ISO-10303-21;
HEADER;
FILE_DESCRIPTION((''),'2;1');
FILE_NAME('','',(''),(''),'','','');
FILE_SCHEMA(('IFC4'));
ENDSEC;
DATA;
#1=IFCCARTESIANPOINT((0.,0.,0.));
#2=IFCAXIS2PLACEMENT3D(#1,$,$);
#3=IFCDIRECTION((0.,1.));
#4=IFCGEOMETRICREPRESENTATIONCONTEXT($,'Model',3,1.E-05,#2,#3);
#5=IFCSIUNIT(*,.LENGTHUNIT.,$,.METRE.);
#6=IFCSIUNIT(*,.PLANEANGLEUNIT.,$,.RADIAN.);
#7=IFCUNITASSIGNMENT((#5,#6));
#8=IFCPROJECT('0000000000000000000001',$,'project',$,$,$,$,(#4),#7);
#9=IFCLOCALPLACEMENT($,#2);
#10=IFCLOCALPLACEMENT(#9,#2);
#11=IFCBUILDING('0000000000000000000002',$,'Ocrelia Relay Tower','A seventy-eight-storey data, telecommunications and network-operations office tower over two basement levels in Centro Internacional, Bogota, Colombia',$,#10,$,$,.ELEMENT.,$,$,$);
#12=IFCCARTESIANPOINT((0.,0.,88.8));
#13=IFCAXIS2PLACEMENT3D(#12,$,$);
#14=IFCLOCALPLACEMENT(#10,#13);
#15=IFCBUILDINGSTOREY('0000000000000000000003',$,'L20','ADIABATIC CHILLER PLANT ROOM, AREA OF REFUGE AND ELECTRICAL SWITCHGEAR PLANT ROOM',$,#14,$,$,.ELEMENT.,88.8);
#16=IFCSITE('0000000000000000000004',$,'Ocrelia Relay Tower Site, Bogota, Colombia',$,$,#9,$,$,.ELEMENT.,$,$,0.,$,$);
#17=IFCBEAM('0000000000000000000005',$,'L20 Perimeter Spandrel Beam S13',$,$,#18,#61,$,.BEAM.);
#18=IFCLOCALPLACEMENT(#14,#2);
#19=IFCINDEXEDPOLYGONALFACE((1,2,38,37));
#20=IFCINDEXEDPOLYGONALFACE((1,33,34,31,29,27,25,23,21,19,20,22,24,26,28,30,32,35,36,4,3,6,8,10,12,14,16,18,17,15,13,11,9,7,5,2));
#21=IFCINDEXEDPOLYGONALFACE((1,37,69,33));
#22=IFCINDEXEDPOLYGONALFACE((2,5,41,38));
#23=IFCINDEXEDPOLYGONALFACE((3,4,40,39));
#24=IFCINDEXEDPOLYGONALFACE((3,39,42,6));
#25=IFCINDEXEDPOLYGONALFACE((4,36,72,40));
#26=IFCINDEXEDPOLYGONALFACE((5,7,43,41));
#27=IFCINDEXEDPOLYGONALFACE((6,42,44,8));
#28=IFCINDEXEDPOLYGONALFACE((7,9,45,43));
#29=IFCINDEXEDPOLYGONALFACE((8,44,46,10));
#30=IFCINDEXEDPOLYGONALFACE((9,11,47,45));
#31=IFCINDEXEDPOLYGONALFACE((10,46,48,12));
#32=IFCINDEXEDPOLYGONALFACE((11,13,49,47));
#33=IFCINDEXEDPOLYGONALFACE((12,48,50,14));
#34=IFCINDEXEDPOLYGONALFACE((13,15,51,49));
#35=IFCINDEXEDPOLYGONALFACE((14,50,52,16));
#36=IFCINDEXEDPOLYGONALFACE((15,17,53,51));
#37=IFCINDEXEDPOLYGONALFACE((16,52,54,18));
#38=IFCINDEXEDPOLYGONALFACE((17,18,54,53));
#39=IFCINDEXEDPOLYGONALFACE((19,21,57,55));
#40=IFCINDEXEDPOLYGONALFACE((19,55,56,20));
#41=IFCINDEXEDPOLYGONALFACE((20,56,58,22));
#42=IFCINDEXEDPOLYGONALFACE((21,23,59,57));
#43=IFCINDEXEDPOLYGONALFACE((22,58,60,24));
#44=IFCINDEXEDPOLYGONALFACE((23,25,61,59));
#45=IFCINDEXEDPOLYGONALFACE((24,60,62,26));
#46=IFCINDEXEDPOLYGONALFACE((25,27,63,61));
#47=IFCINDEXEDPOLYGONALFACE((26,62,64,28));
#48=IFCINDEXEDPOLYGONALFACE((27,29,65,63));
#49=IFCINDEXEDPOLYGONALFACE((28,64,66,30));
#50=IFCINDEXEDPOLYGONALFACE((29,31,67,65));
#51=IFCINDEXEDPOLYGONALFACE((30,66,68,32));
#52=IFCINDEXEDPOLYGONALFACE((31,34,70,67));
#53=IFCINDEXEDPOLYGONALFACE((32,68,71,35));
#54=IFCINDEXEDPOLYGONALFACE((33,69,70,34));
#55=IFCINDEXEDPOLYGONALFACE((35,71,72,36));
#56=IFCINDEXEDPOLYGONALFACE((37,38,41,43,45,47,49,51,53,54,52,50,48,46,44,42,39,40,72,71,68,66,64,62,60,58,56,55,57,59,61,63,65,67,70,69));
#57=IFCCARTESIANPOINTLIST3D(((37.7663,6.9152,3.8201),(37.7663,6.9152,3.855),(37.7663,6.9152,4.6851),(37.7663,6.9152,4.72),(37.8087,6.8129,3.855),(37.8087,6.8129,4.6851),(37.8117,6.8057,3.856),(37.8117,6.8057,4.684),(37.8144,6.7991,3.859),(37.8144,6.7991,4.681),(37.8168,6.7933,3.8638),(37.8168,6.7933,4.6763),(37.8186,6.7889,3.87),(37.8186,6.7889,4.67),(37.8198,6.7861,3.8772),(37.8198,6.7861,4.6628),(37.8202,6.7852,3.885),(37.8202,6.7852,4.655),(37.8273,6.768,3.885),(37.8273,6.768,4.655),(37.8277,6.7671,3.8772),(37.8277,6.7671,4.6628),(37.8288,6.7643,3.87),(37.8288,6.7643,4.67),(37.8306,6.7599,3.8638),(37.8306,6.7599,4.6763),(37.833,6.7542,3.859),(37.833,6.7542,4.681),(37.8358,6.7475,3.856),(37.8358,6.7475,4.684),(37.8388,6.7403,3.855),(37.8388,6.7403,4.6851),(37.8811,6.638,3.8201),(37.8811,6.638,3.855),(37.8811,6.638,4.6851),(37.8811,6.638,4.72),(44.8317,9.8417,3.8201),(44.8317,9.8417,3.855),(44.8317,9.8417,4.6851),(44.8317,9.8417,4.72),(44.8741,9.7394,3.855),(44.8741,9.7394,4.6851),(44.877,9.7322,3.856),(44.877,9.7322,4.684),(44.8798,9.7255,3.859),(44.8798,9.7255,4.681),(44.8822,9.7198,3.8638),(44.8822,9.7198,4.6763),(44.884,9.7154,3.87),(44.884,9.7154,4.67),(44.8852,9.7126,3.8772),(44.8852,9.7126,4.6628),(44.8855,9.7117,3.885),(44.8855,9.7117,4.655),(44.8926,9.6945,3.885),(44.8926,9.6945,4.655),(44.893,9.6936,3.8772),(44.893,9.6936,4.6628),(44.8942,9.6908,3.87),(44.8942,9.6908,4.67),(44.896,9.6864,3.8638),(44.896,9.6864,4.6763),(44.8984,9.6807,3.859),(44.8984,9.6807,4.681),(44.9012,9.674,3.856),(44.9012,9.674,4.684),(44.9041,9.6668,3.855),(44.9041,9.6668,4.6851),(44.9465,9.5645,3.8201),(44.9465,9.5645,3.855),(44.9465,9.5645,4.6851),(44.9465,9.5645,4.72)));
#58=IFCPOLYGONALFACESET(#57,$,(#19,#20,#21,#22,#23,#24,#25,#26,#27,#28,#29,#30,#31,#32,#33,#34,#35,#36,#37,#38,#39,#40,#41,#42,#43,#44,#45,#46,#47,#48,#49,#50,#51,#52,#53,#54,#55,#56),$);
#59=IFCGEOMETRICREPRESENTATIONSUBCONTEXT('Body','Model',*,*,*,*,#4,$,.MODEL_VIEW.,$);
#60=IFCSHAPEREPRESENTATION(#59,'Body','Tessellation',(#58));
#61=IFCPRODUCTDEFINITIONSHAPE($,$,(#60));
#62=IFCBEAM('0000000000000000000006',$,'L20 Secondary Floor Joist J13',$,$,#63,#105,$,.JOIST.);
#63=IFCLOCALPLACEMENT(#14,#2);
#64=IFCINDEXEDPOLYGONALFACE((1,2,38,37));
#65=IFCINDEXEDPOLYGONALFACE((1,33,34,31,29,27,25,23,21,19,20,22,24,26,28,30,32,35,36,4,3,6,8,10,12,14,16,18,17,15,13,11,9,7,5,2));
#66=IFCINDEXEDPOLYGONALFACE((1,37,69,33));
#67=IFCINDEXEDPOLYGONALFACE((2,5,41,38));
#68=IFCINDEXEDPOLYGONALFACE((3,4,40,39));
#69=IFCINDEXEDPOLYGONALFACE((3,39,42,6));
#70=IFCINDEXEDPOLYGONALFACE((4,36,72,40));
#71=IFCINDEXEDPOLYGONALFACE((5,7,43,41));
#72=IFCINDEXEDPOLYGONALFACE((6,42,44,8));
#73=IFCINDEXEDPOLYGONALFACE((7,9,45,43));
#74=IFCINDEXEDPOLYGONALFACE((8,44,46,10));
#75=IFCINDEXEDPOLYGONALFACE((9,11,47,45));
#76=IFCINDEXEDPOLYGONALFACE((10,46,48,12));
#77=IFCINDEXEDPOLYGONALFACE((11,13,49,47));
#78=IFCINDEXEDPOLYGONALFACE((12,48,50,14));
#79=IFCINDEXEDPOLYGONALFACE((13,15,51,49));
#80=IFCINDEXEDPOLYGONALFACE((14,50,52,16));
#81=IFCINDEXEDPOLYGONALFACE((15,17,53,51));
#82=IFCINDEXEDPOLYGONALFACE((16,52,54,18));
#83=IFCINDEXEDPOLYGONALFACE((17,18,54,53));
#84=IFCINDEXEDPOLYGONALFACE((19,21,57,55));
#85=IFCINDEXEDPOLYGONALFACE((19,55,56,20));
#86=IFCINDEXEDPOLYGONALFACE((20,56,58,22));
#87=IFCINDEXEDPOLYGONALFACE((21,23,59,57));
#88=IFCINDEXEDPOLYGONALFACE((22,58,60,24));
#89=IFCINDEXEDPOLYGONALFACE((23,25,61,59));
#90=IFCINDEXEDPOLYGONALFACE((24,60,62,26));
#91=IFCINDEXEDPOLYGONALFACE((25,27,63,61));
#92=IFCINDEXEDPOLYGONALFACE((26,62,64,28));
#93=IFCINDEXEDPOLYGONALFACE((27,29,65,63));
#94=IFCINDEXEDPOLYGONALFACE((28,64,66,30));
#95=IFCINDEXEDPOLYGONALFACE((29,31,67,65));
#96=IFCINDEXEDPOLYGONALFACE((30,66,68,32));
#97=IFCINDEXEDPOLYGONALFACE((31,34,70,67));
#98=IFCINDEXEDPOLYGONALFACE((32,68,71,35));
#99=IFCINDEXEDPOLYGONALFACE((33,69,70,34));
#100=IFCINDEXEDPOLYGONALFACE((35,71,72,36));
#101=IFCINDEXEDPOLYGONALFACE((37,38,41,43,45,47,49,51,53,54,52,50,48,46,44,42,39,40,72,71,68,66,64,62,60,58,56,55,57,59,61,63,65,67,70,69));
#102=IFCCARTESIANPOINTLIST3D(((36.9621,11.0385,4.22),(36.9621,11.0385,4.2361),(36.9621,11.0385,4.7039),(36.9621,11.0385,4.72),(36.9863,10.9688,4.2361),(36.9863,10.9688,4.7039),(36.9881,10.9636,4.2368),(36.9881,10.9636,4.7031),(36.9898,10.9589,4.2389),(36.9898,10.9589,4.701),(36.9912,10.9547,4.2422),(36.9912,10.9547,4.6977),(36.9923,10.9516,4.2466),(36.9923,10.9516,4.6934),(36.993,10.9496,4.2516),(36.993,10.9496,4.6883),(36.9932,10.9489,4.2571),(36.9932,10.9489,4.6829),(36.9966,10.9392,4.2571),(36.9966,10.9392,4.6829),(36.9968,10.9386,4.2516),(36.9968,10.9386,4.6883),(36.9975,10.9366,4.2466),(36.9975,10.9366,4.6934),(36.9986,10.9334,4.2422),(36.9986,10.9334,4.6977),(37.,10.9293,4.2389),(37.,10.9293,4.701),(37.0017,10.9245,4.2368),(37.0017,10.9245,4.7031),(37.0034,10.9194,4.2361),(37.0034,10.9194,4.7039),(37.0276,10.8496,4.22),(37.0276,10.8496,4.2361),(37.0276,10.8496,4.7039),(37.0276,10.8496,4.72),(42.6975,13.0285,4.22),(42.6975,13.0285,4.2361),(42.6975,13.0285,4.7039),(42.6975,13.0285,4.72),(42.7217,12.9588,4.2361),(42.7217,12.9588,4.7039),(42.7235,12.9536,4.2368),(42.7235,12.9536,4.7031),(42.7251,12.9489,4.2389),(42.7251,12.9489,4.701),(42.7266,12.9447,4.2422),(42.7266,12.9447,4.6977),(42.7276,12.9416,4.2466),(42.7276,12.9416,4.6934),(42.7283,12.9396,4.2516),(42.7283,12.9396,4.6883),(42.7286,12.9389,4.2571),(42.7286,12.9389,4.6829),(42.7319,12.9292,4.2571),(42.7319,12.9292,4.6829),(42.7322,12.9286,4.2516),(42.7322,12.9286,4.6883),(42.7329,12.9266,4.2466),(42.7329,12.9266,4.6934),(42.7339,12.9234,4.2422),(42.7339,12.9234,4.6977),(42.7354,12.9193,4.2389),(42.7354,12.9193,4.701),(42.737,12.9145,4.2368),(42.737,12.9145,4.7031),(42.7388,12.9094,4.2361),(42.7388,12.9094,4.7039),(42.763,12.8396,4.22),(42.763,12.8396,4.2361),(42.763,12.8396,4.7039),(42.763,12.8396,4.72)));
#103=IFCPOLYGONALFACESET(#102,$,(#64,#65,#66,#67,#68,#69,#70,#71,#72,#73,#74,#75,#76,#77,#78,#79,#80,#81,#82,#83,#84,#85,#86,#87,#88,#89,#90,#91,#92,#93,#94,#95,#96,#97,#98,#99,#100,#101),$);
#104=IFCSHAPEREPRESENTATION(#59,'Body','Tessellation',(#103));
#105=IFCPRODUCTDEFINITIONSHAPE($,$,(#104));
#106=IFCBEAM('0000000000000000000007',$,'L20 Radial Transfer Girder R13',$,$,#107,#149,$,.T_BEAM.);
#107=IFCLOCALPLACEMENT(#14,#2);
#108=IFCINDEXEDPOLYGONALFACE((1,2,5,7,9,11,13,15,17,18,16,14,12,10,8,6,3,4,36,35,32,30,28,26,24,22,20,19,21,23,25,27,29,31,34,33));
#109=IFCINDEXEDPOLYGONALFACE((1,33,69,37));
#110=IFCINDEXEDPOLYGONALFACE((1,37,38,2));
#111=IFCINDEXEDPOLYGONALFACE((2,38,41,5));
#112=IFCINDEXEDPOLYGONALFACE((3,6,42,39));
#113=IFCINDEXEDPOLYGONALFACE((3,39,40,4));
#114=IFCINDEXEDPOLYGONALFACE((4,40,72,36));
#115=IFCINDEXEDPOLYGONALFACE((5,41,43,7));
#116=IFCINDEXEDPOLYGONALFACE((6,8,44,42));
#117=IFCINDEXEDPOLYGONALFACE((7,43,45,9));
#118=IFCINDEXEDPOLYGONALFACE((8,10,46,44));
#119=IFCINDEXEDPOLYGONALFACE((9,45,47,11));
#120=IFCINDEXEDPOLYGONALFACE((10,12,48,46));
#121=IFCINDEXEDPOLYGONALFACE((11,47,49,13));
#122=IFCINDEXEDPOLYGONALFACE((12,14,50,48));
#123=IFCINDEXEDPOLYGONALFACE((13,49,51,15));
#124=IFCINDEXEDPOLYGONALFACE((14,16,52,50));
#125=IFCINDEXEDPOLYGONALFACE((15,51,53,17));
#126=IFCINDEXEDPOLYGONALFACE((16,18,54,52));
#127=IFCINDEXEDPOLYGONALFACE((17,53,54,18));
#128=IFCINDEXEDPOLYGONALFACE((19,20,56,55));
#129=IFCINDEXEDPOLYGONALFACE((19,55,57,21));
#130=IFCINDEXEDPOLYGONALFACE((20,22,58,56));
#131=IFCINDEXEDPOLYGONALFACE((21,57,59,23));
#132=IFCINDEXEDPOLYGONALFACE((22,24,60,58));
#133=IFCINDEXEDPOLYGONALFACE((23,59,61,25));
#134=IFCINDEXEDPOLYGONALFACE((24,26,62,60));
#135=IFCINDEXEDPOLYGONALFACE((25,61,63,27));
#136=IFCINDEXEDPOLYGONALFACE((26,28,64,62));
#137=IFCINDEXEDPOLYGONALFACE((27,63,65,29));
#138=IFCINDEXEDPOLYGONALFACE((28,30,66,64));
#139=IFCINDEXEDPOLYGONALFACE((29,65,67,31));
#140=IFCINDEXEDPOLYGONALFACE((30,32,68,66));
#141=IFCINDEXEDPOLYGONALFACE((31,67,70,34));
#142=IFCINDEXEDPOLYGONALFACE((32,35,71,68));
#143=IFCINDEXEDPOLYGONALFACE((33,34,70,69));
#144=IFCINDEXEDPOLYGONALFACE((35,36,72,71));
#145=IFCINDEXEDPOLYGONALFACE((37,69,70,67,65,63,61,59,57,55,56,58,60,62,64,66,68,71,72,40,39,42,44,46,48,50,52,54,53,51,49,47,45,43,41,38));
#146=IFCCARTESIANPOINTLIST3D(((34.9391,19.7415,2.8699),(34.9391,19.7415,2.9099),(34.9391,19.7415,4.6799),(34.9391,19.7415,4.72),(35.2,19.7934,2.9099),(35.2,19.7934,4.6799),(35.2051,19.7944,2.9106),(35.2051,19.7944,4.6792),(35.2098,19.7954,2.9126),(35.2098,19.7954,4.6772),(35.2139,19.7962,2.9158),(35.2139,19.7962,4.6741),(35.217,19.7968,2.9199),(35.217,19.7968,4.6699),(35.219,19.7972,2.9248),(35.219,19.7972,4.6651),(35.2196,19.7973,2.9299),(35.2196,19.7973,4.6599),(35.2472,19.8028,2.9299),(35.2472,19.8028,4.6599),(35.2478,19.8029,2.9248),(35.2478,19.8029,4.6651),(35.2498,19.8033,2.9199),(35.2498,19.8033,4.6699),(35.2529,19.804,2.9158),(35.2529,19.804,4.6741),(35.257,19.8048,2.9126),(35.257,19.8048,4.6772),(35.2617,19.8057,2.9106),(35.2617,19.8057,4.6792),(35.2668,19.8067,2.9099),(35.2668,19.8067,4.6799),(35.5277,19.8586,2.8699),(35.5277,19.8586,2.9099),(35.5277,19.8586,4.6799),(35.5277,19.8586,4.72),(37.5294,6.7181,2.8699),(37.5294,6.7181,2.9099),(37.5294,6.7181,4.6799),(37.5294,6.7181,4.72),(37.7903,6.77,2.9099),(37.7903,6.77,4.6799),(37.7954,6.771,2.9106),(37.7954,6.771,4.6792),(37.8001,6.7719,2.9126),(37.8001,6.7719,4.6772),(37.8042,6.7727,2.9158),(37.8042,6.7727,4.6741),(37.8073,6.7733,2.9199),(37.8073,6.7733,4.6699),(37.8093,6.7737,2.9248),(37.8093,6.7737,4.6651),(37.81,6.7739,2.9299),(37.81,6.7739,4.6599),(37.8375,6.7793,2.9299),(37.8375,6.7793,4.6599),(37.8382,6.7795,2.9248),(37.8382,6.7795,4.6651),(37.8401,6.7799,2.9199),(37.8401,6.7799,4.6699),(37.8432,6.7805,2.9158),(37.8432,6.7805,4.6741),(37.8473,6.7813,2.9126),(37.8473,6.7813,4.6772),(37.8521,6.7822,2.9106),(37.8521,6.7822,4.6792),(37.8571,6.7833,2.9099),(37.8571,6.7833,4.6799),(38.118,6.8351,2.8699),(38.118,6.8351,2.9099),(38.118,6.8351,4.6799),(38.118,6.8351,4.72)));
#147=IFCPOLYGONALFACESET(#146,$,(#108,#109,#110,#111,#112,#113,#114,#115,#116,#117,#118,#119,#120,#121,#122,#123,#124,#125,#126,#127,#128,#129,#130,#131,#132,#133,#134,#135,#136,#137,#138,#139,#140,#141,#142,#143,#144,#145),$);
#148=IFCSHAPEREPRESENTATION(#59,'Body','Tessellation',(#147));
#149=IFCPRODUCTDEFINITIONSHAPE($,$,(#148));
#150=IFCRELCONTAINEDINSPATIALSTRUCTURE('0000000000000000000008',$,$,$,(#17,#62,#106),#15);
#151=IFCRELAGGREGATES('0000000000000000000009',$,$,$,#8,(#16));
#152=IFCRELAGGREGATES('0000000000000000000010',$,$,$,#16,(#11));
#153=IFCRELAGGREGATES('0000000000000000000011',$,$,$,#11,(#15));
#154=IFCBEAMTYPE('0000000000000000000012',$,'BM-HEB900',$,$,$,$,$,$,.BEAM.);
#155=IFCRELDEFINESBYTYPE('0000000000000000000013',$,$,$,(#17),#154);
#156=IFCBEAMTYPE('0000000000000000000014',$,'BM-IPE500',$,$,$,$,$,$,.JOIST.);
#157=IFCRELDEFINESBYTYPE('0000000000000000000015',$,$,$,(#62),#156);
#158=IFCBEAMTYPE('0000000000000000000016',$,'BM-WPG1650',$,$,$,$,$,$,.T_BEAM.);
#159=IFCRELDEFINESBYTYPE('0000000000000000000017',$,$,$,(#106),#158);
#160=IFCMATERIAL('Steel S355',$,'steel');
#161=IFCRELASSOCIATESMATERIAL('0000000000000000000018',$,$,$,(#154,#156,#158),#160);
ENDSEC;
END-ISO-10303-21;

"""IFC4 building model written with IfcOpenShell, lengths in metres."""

from ifc_helpers import new_model, si_unit, direction, frame, origin, origin_2d, place, context, subcontext, project, spatial, i_section, extrude, material, material_profile, profile_set, type_object, element, save


model = new_model("IFC4")

# Units and contexts
model_context = context("Model", 3, precision=1e-05, world=origin(), true_north=direction((0.0, 1.0)))
body_context = subcontext(model_context, "Body", "Model", "MODEL_VIEW")
ifc_project = project(units=[si_unit("LENGTHUNIT", "METRE"), si_unit("PLANEANGLEUNIT", "RADIAN")], contexts=[model_context])

# Site, building, storey
site_placement = place(None, origin())
site = spatial("IfcSite", under=ifc_project, at=site_placement, Name="Ocrelia Relay Tower Site, Bogota, Colombia", CompositionType="ELEMENT", RefElevation=0.0)
building_placement = place(site_placement, origin())
building = spatial("IfcBuilding", under=site, at=building_placement, Name="Ocrelia Relay Tower", Description="A seventy-eight-storey data, telecommunications and network-operations office tower over two basement levels in Centro Internacional, Bogota, Colombia", CompositionType="ELEMENT")
storey_placement = place(building_placement, frame((0.0, 0.0, 88.8)))
storey = spatial("IfcBuildingStorey", under=building, at=storey_placement, Name="L20", Description="ADIABATIC CHILLER PLANT ROOM, AREA OF REFUGE AND ELECTRICAL SWITCHGEAR PLANT ROOM", CompositionType="ELEMENT", Elevation=88.8)

# Beams
ifc_material_1 = material(Name="Steel S355", Category="steel")
ifc_material_profile_1 = material_profile(ifc_material_1, i_section(OverallWidth=0.3, OverallDepth=0.8999, WebThickness=0.0186, FlangeThickness=0.0349, FilletRadius=0.03, at=origin_2d()), Name="HEB 900")
ifc_profile_set_1 = profile_set([ifc_material_profile_1], Name="Steel S355")
beam_type_1 = type_object("IfcBeamType", Name="BM-HEB900", PredefinedType="BEAM", material=ifc_profile_set_1)
beam_1_placement = place(storey_placement, frame((37.8237, 6.7766, 4.27), z_axis=(0.923883, 0.382674, 0.0), x_axis=(-0.382674, 0.923883, 0.0)))
element("IfcBeam", 1, at=beam_1_placement, inside=storey, type_object=beam_type_1, Name="L20 Perimeter Spandrel Beam S13", PredefinedType="BEAM", context=body_context, shape_type="SweptSolid", body=[
    extrude(i_section(OverallWidth=0.3, OverallDepth=0.8999, WebThickness=0.0186, FlangeThickness=0.0349, FilletRadius=0.03, at=origin_2d()), origin(), (0.0, 0.0, 1.0), 7.6475),
])
ifc_material_profile_2 = material_profile(ifc_material_1, i_section(OverallWidth=0.2, OverallDepth=0.5, WebThickness=0.0103, FlangeThickness=0.0161, FilletRadius=0.021, at=origin_2d()), Name="IPE 500")
ifc_profile_set_2 = profile_set([ifc_material_profile_2], Name="Steel S355")
beam_type_2 = type_object("IfcBeamType", Name="BM-IPE500", PredefinedType="JOIST", material=ifc_profile_set_2)
beam_2_placement = place(storey_placement, frame((36.9949, 10.9441, 4.47), z_axis=(0.944748, 0.327798, 0.0), x_axis=(-0.327798, 0.944748, 0.0)))
element("IfcBeam", 2, at=beam_2_placement, inside=storey, type_object=beam_type_2, Name="L20 Secondary Floor Joist J13", PredefinedType="JOIST", context=body_context, shape_type="SweptSolid", body=[
    extrude(i_section(OverallWidth=0.2, OverallDepth=0.5, WebThickness=0.0103, FlangeThickness=0.0161, FilletRadius=0.021, at=origin_2d()), origin(), (0.0, 0.0, 1.0), 6.0708),
])
ifc_material_profile_3 = material_profile(ifc_material_1, i_section(OverallWidth=0.6001, OverallDepth=1.8501, WebThickness=0.0281, FlangeThickness=0.04, FilletRadius=0.02, at=origin_2d()), Name="WPG 1850x600")
ifc_profile_set_3 = profile_set([ifc_material_profile_3], Name="Steel S355")
beam_type_3 = type_object("IfcBeamType", Name="BM-WPG1650", PredefinedType="T_BEAM", material=ifc_profile_set_3)
beam_3_placement = place(storey_placement, frame((37.8237, 6.7766, 3.7949), z_axis=(-0.195077, 0.980788, 0.0), x_axis=(-0.980788, -0.195077, 0.0)))
element("IfcBeam", 3, at=beam_3_placement, inside=storey, type_object=beam_type_3, Name="L20 Radial Transfer Girder R13", PredefinedType="T_BEAM", context=body_context, shape_type="SweptSolid", body=[
    extrude(i_section(OverallWidth=0.6001, OverallDepth=1.8501, WebThickness=0.0281, FlangeThickness=0.04, FilletRadius=0.02, at=origin_2d()), origin(), (0.0, 0.0, 1.0), 13.2786),
])

save(model, "model.ifc")
